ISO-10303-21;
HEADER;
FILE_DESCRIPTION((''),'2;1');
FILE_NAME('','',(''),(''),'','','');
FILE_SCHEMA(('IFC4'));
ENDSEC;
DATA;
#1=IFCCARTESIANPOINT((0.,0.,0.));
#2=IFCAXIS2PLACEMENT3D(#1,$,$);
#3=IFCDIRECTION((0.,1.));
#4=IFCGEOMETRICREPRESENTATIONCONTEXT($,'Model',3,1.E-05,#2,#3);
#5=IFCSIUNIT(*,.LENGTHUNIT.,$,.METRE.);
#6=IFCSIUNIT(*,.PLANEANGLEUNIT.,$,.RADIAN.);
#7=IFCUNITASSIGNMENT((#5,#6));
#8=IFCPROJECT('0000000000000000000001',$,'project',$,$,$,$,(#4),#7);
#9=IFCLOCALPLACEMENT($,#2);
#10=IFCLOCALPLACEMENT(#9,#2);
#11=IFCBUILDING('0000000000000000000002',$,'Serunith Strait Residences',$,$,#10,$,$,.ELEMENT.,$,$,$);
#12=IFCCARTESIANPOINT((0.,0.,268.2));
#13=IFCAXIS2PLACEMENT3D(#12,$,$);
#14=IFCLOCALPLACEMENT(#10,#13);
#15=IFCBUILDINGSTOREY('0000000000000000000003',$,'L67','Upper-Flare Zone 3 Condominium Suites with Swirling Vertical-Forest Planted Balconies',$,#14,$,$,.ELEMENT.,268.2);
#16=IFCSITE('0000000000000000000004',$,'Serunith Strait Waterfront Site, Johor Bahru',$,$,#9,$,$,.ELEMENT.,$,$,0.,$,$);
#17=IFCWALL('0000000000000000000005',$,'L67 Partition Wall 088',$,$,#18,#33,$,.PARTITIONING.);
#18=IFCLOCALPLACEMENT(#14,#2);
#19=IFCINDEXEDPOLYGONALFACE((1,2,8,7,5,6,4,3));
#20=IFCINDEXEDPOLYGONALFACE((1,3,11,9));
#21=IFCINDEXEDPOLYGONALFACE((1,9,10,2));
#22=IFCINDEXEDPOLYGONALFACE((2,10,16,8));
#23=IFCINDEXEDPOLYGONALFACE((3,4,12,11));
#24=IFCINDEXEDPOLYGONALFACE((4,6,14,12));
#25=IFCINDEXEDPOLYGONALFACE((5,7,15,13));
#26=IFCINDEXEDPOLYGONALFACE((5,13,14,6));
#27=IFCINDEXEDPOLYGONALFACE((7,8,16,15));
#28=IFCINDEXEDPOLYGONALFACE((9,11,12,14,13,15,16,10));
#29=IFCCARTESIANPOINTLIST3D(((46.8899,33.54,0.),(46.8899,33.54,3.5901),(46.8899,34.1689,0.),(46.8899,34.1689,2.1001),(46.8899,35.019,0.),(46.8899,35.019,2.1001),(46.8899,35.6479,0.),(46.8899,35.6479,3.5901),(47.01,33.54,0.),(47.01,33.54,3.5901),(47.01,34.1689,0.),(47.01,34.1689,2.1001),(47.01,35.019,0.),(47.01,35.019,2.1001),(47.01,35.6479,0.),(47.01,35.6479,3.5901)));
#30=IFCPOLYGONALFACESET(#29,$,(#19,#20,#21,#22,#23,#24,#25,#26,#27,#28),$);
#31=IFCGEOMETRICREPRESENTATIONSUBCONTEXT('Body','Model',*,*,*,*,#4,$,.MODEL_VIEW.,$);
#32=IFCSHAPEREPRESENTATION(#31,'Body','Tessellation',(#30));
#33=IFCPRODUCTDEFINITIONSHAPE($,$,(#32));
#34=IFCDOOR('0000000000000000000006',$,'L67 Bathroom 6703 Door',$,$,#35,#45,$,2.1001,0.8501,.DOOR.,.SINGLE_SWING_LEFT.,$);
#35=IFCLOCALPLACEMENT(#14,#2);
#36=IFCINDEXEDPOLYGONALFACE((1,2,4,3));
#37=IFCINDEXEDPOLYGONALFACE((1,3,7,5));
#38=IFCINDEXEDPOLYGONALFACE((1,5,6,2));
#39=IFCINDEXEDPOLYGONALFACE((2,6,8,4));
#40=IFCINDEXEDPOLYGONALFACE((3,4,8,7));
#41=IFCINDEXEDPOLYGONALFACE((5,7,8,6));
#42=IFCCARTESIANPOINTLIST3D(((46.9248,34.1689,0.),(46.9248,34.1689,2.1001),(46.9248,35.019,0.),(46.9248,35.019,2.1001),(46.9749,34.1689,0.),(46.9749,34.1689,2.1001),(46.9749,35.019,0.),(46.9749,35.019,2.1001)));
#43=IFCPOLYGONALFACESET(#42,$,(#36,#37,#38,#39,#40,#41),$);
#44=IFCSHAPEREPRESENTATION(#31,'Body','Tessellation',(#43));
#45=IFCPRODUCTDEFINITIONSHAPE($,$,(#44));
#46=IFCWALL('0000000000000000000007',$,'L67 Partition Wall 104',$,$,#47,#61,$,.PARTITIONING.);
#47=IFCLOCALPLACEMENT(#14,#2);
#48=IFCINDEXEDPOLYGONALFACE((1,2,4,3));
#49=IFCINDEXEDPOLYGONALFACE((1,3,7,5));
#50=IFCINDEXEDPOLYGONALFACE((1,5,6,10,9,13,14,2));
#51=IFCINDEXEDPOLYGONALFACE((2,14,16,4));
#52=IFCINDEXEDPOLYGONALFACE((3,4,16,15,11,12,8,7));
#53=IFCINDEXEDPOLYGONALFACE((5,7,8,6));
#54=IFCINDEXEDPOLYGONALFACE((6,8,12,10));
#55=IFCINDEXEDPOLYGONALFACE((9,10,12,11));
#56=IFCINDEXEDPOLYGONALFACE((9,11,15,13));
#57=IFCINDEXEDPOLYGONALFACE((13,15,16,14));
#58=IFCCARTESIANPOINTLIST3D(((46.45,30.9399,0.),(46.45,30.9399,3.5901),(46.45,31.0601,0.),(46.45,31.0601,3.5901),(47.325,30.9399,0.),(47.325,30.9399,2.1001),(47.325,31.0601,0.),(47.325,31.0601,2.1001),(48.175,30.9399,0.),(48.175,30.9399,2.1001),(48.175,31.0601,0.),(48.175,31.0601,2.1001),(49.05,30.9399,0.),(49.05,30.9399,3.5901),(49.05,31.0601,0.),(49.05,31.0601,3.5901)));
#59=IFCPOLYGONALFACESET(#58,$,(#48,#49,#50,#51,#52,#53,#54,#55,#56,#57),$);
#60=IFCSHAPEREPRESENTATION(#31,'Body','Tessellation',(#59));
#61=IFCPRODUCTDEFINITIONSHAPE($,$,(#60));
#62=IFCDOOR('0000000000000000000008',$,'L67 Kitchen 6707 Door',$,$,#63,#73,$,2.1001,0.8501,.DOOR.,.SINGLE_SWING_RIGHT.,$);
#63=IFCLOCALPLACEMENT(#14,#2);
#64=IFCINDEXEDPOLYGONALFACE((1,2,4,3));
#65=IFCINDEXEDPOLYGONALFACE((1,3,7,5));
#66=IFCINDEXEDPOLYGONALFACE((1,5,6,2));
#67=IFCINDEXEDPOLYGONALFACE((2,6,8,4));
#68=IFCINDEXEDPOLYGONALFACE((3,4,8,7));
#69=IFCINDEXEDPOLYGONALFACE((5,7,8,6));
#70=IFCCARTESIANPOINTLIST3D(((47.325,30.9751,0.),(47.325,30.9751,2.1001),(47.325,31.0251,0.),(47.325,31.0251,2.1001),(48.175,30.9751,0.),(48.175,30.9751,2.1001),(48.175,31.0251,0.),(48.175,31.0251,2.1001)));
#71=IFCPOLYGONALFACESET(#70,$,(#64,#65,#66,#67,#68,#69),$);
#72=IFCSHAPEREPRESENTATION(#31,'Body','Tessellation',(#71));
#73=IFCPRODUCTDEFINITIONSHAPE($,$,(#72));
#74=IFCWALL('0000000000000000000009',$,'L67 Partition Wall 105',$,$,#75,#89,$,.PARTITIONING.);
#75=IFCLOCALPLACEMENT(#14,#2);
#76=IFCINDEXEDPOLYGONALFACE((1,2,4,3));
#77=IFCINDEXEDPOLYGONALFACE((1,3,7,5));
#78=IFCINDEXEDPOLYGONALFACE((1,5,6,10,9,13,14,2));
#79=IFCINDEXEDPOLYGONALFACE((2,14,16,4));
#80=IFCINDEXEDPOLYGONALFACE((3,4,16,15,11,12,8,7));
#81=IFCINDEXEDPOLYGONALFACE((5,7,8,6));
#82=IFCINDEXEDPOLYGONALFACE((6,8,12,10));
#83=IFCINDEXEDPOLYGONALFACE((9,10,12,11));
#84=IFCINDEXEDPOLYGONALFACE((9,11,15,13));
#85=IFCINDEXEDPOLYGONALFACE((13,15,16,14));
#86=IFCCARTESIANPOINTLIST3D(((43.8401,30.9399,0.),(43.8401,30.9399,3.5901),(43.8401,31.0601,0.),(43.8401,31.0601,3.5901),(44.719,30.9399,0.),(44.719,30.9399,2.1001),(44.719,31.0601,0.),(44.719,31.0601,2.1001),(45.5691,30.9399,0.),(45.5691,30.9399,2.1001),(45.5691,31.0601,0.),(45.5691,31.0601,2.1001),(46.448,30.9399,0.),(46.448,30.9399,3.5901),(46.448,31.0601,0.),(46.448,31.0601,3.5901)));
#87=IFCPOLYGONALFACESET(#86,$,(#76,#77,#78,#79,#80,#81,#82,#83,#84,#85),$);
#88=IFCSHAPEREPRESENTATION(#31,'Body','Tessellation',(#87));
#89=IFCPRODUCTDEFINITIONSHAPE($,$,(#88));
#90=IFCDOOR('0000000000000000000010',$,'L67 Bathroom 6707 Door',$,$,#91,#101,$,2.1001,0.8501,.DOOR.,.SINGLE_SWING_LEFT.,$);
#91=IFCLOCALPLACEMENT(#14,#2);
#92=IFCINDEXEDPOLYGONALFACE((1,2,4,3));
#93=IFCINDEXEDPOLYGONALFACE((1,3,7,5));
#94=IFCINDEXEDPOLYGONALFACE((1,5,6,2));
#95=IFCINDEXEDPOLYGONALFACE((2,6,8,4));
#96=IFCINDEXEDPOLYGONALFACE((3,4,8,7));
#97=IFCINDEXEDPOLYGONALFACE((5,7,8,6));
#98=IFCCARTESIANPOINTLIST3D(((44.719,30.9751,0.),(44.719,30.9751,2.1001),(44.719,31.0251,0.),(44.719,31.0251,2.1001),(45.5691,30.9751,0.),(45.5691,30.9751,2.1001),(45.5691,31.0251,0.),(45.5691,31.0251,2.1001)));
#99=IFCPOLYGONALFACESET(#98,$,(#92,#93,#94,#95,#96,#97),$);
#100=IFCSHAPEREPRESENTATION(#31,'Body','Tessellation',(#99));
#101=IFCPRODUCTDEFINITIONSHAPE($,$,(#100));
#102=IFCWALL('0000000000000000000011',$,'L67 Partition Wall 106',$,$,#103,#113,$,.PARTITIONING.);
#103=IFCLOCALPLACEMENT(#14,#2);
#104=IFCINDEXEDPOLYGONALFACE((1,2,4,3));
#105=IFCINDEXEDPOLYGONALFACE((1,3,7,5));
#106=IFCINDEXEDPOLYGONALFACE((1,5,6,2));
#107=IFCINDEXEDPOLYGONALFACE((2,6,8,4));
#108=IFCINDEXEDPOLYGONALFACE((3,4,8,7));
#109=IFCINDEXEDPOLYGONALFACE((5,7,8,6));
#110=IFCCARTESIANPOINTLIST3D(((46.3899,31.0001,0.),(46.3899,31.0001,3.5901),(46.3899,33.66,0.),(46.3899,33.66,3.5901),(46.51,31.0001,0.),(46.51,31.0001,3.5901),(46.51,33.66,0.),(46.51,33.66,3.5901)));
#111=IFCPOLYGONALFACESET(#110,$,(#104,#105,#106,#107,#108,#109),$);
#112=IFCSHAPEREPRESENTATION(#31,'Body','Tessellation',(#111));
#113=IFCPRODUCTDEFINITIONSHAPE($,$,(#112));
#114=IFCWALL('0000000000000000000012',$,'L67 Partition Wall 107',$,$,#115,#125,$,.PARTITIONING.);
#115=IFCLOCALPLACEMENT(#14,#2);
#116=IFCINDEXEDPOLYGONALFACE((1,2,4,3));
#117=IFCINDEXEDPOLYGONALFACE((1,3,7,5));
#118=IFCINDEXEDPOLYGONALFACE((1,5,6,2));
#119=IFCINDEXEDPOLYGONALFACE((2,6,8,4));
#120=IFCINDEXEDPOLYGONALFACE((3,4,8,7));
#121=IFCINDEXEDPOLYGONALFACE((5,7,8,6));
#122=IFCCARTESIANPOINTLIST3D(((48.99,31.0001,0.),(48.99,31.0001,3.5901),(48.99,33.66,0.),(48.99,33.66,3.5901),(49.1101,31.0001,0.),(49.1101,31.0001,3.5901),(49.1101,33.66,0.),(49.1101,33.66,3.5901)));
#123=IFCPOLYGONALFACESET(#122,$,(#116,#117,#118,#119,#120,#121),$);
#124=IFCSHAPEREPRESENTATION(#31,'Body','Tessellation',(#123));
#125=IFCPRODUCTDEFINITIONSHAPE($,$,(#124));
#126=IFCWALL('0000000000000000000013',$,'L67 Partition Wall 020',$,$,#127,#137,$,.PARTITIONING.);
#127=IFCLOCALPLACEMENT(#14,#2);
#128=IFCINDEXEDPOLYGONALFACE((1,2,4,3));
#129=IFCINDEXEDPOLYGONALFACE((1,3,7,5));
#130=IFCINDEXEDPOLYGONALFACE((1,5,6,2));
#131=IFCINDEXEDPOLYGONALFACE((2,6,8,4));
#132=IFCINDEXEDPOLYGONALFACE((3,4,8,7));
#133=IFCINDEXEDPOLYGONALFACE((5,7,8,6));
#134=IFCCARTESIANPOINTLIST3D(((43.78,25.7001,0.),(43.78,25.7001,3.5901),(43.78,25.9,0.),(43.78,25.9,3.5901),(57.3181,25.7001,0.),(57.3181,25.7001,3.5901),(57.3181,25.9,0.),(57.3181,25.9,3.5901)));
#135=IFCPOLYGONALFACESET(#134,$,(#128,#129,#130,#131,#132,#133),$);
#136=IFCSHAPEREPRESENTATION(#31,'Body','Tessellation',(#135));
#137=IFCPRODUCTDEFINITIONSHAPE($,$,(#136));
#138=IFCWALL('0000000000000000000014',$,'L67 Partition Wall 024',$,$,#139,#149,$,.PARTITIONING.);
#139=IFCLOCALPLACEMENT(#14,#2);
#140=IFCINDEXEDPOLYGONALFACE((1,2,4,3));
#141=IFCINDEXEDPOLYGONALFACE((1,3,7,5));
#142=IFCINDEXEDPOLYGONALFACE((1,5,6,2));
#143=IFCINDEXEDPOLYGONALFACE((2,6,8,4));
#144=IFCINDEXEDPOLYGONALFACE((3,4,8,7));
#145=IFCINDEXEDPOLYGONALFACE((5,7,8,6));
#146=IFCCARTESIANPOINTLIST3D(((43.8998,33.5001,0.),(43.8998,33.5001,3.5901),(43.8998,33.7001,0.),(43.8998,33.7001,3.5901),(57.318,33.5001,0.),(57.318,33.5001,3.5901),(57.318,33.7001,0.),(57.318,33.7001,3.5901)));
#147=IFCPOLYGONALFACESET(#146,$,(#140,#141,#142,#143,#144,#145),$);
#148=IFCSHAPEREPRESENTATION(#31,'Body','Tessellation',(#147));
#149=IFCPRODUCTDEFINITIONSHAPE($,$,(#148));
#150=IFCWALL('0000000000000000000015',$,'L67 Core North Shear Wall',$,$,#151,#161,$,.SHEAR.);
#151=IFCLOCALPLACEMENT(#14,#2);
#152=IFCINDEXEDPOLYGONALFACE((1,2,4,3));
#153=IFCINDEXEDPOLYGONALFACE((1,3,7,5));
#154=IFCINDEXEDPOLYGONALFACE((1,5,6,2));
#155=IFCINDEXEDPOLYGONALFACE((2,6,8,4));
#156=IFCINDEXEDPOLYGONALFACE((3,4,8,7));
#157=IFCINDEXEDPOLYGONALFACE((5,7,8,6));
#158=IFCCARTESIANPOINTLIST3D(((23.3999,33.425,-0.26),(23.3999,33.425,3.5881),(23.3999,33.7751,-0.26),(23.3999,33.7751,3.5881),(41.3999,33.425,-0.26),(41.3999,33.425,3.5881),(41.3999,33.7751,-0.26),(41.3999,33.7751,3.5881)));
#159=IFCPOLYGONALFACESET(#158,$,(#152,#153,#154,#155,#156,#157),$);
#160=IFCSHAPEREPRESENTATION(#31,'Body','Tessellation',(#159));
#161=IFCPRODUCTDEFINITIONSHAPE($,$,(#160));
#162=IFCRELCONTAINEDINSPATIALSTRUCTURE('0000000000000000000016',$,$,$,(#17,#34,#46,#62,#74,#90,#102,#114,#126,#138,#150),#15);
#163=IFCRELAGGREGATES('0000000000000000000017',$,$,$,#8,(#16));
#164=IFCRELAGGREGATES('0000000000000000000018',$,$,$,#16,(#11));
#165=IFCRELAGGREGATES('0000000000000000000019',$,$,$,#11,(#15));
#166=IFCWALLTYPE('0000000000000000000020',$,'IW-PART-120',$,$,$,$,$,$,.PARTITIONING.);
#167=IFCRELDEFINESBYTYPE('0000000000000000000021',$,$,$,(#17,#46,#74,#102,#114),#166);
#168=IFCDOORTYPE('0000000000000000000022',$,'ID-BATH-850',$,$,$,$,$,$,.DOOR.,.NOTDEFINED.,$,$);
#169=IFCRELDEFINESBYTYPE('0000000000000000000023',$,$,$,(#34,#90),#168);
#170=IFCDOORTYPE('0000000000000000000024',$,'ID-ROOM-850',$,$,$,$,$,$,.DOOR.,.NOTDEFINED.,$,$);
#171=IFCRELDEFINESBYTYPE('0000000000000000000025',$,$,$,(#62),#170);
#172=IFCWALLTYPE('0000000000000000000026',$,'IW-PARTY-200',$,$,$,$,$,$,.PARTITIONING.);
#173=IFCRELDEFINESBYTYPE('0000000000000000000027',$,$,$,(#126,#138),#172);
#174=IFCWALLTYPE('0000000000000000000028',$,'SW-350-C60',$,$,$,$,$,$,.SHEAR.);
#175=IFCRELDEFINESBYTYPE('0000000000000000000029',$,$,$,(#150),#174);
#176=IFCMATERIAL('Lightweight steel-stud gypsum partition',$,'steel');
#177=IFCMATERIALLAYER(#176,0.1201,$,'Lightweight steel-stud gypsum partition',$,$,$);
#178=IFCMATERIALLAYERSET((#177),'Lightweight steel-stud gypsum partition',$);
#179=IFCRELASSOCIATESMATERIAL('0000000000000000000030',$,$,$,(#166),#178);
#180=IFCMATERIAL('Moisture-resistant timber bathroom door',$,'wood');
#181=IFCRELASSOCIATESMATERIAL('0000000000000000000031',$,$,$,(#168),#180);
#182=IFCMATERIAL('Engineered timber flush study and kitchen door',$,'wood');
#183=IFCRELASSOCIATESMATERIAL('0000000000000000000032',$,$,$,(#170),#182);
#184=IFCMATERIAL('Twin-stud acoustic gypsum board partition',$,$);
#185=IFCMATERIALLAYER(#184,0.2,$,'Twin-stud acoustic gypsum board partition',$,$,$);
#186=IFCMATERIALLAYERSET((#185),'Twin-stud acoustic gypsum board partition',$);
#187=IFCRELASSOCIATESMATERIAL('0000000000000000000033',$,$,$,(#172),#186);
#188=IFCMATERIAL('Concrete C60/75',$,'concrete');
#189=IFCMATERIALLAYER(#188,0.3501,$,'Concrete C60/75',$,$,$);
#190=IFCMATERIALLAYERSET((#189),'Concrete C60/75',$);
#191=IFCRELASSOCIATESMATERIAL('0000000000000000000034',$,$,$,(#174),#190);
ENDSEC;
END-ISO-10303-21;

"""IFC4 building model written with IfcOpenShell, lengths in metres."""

from ifc_helpers import new_model, si_unit, direction, frame, frame_2d, origin, place, context, subcontext, project, spatial, rectangle, extrude, source, transform, mapped, material, layer, layer_set, type_object, element, fill, save


model = new_model("IFC4")

# Units and contexts
model_context = context("Model", 3, precision=1e-05, world=origin(), true_north=direction((0.0, 1.0)))
body_context = subcontext(model_context, "Body", "Model", "MODEL_VIEW")
ifc_project = project(units=[si_unit("LENGTHUNIT", "METRE"), si_unit("PLANEANGLEUNIT", "RADIAN")], contexts=[model_context])

# Site, building, storey
site_placement = place(None, origin())
site = spatial("IfcSite", under=ifc_project, at=site_placement, Name="Serunith Strait Waterfront Site, Johor Bahru", CompositionType="ELEMENT", RefElevation=0.0)
building_placement = place(site_placement, origin())
building = spatial("IfcBuilding", under=site, at=building_placement, Name="Serunith Strait Residences", CompositionType="ELEMENT")
storey_placement = place(building_placement, frame((0.0, 0.0, 268.2)))
storey = spatial("IfcBuildingStorey", under=building, at=storey_placement, Name="L67", Description="Upper-Flare Zone 3 Condominium Suites with Swirling Vertical-Forest Planted Balconies", CompositionType="ELEMENT", Elevation=268.2)

# Shared definitions
ifc_material_1 = material(Name="Lightweight steel-stud gypsum partition", Category="steel")
ifc_layer_1 = layer(ifc_material_1, 0.1201, Name="Lightweight steel-stud gypsum partition")
ifc_layer_set_1 = layer_set([ifc_layer_1], Name="Lightweight steel-stud gypsum partition")
wall_type_1 = type_object("IfcWallType", Name="IW-PART-120", PredefinedType="PARTITIONING", material=ifc_layer_set_1)

# Walls, openings, doors
wall_1_placement = place(storey_placement, frame((46.95, 35.6479, 0.0), z_axis=(0.0, 0.0, 1.0), x_axis=(0.0, -1.0, 0.0)))
wall_1 = element("IfcWall", 1, at=wall_1_placement, inside=storey, type_object=wall_type_1, Name="L67 Partition Wall 088", PredefinedType="PARTITIONING", context=body_context, shape_type="SweptSolid", body=[
    extrude(rectangle(XDim=2.1079, YDim=0.1201, at=frame_2d((1.054, 0.0))), origin(), (0.0, 0.0, 1.0), 3.5901),
])
opening_1_placement = place(wall_1_placement, frame((0.6289, 0.0, 0.0)))
opening_1 = element("IfcOpeningElement", 2, at=opening_1_placement, cuts=wall_1, PredefinedType="OPENING", context=body_context, shape_type="SweptSolid", body=[
    extrude(rectangle(XDim=0.8501, YDim=2.1001, at=frame_2d((0.425, 1.05))), frame((0.0, 0.0701, 0.0), z_axis=(0.0, -1.0, 0.0), x_axis=(1.0, 0.0, 0.0)), (0.0, 0.0, 1.0), 0.1401),
])
ifc_material_2 = material(Name="Moisture-resistant timber bathroom door", Category="wood")
door_type_1 = type_object("IfcDoorType", Name="ID-BATH-850", OperationType="NOTDEFINED", PredefinedType="DOOR", material=ifc_material_2)
shared_shape_1 = source(origin(), body_context, "Body", "SweptSolid", [
    extrude(rectangle(XDim=0.8501, YDim=2.1001, at=frame_2d((0.425, 1.05))), frame((0.0, 0.0249, 0.0), z_axis=(0.0, -1.0, 0.0), x_axis=(1.0, 0.0, 0.0)), (0.0, 0.0, 1.0), 0.05),
])
door_1_placement = place(opening_1_placement, origin())
door_1 = element("IfcDoor", 3, at=door_1_placement, inside=storey, type_object=door_type_1, Name="L67 Bathroom 6703 Door", OperationType="SINGLE_SWING_LEFT", OverallHeight=2.1001, OverallWidth=0.8501, PredefinedType="DOOR", context=body_context, shape_type="MappedRepresentation", body=[
    mapped(shared_shape_1, transform((0.0, 0.0, 0.0), scale=1.0)),
])
fill(opening_1, door_1)
wall_2_placement = place(storey_placement, frame((49.05, 31.0, 0.0), z_axis=(0.0, 0.0, 1.0), x_axis=(-1.0, 0.0, 0.0)))
wall_2 = element("IfcWall", 4, at=wall_2_placement, inside=storey, type_object=wall_type_1, Name="L67 Partition Wall 104", PredefinedType="PARTITIONING", context=body_context, shape_type="SweptSolid", body=[
    extrude(rectangle(XDim=2.6001, YDim=0.1201, at=frame_2d((1.3, 0.0))), origin(), (0.0, 0.0, 1.0), 3.5901),
])
opening_2_placement = place(wall_2_placement, frame((0.875, 0.0, 0.0)))
opening_2 = element("IfcOpeningElement", 5, at=opening_2_placement, cuts=wall_2, PredefinedType="OPENING", context=body_context, shape_type="SweptSolid", body=[
    extrude(rectangle(XDim=0.8501, YDim=2.1001, at=frame_2d((0.425, 1.05))), frame((0.0, 0.0701, 0.0), z_axis=(0.0, -1.0, 0.0), x_axis=(1.0, 0.0, 0.0)), (0.0, 0.0, 1.0), 0.1401),
])
ifc_material_3 = material(Name="Engineered timber flush study and kitchen door", Category="wood")
door_type_2 = type_object("IfcDoorType", Name="ID-ROOM-850", OperationType="NOTDEFINED", PredefinedType="DOOR", material=ifc_material_3)
door_2_placement = place(opening_2_placement, origin())
door_2 = element("IfcDoor", 6, at=door_2_placement, inside=storey, type_object=door_type_2, Name="L67 Kitchen 6707 Door", OperationType="SINGLE_SWING_RIGHT", OverallHeight=2.1001, OverallWidth=0.8501, PredefinedType="DOOR", context=body_context, shape_type="MappedRepresentation", body=[
    mapped(shared_shape_1, transform((0.0, 0.0, 0.0), scale=1.0)),
])
fill(opening_2, door_2)
wall_3_placement = place(storey_placement, frame((46.448, 31.0, 0.0), z_axis=(0.0, 0.0, 1.0), x_axis=(-1.0, 0.0, 0.0)))
wall_3 = element("IfcWall", 7, at=wall_3_placement, inside=storey, type_object=wall_type_1, Name="L67 Partition Wall 105", PredefinedType="PARTITIONING", context=body_context, shape_type="SweptSolid", body=[
    extrude(rectangle(XDim=2.6079, YDim=0.1201, at=frame_2d((1.304, 0.0))), origin(), (0.0, 0.0, 1.0), 3.5901),
])
opening_3_placement = place(wall_3_placement, frame((0.8789, 0.0, 0.0)))
opening_3 = element("IfcOpeningElement", 8, at=opening_3_placement, cuts=wall_3, PredefinedType="OPENING", context=body_context, shape_type="SweptSolid", body=[
    extrude(rectangle(XDim=0.8501, YDim=2.1001, at=frame_2d((0.425, 1.05))), frame((0.0, 0.0701, 0.0), z_axis=(0.0, -1.0, 0.0), x_axis=(1.0, 0.0, 0.0)), (0.0, 0.0, 1.0), 0.1401),
])
door_3_placement = place(opening_3_placement, origin())
door_3 = element("IfcDoor", 9, at=door_3_placement, inside=storey, type_object=door_type_1, Name="L67 Bathroom 6707 Door", OperationType="SINGLE_SWING_LEFT", OverallHeight=2.1001, OverallWidth=0.8501, PredefinedType="DOOR", context=body_context, shape_type="MappedRepresentation", body=[
    mapped(shared_shape_1, transform((0.0, 0.0, 0.0), scale=1.0)),
])
fill(opening_3, door_3)

# Walls
for number, where, z_axis, x_axis, name in (
    (10, (46.45, 31.0, 0.0), (0.0, 0.0, 1.0), (0.0, 1.0, 0.0), "L67 Partition Wall 106"),
    (11, (49.05, 31.0, 0.0), (0.0, 0.0, 1.0), (0.0, 1.0, 0.0), "L67 Partition Wall 107"),
):
    element("IfcWall", number, at=place(storey_placement, frame(where, z_axis=z_axis, x_axis=x_axis)), inside=storey, type_object=wall_type_1, Name=name, PredefinedType="PARTITIONING", context=body_context, shape_type="SweptSolid", body=[
        extrude(rectangle(XDim=2.6599, YDim=0.1201, at=frame_2d((1.3301, 0.0))), origin(), (0.0, 0.0, 1.0), 3.5901),
    ])
ifc_material_4 = material(Name="Twin-stud acoustic gypsum board partition")
ifc_layer_2 = layer(ifc_material_4, 0.2, Name="Twin-stud acoustic gypsum board partition")
ifc_layer_set_2 = layer_set([ifc_layer_2], Name="Twin-stud acoustic gypsum board partition")
wall_type_2 = type_object("IfcWallType", Name="IW-PARTY-200", PredefinedType="PARTITIONING", material=ifc_layer_set_2)
wall_4_placement = place(storey_placement, frame((43.78, 25.8, 0.0), z_axis=(0.0, 0.0, 1.0), x_axis=(1.0, 0.0, 0.0)))
element("IfcWall", 12, at=wall_4_placement, inside=storey, type_object=wall_type_2, Name="L67 Partition Wall 020", PredefinedType="PARTITIONING", context=body_context, shape_type="SweptSolid", body=[
    extrude(rectangle(XDim=13.5381, YDim=0.2, at=frame_2d((6.769, 0.0))), origin(), (0.0, 0.0, 1.0), 3.5901),
])
wall_5_placement = place(storey_placement, frame((43.8999, 33.6001, 0.0), z_axis=(0.0, 0.0, 1.0), x_axis=(1.0, 0.0, 0.0)))
element("IfcWall", 13, at=wall_5_placement, inside=storey, type_object=wall_type_2, Name="L67 Partition Wall 024", PredefinedType="PARTITIONING", context=body_context, shape_type="SweptSolid", body=[
    extrude(rectangle(XDim=13.4182, YDim=0.2, at=frame_2d((6.709, 0.0))), origin(), (0.0, 0.0, 1.0), 3.5901),
])
ifc_material_5 = material(Name="Concrete C60/75", Category="concrete")
ifc_layer_3 = layer(ifc_material_5, 0.3501, Name="Concrete C60/75")
ifc_layer_set_3 = layer_set([ifc_layer_3], Name="Concrete C60/75")
wall_type_3 = type_object("IfcWallType", Name="SW-350-C60", PredefinedType="SHEAR", material=ifc_layer_set_3)
wall_6_placement = place(storey_placement, frame((41.3999, 33.6001, -0.26), z_axis=(0.0, 0.0, 1.0), x_axis=(-1.0, 0.0, 0.0)))
element("IfcWall", 14, at=wall_6_placement, inside=storey, type_object=wall_type_3, Name="L67 Core North Shear Wall", PredefinedType="SHEAR", context=body_context, shape_type="SweptSolid", body=[
    extrude(rectangle(XDim=18.0, YDim=0.3501, at=frame_2d((9.0, 0.0))), origin(), (0.0, 0.0, 1.0), 3.8481),
])

save(model, "model.ifc")
